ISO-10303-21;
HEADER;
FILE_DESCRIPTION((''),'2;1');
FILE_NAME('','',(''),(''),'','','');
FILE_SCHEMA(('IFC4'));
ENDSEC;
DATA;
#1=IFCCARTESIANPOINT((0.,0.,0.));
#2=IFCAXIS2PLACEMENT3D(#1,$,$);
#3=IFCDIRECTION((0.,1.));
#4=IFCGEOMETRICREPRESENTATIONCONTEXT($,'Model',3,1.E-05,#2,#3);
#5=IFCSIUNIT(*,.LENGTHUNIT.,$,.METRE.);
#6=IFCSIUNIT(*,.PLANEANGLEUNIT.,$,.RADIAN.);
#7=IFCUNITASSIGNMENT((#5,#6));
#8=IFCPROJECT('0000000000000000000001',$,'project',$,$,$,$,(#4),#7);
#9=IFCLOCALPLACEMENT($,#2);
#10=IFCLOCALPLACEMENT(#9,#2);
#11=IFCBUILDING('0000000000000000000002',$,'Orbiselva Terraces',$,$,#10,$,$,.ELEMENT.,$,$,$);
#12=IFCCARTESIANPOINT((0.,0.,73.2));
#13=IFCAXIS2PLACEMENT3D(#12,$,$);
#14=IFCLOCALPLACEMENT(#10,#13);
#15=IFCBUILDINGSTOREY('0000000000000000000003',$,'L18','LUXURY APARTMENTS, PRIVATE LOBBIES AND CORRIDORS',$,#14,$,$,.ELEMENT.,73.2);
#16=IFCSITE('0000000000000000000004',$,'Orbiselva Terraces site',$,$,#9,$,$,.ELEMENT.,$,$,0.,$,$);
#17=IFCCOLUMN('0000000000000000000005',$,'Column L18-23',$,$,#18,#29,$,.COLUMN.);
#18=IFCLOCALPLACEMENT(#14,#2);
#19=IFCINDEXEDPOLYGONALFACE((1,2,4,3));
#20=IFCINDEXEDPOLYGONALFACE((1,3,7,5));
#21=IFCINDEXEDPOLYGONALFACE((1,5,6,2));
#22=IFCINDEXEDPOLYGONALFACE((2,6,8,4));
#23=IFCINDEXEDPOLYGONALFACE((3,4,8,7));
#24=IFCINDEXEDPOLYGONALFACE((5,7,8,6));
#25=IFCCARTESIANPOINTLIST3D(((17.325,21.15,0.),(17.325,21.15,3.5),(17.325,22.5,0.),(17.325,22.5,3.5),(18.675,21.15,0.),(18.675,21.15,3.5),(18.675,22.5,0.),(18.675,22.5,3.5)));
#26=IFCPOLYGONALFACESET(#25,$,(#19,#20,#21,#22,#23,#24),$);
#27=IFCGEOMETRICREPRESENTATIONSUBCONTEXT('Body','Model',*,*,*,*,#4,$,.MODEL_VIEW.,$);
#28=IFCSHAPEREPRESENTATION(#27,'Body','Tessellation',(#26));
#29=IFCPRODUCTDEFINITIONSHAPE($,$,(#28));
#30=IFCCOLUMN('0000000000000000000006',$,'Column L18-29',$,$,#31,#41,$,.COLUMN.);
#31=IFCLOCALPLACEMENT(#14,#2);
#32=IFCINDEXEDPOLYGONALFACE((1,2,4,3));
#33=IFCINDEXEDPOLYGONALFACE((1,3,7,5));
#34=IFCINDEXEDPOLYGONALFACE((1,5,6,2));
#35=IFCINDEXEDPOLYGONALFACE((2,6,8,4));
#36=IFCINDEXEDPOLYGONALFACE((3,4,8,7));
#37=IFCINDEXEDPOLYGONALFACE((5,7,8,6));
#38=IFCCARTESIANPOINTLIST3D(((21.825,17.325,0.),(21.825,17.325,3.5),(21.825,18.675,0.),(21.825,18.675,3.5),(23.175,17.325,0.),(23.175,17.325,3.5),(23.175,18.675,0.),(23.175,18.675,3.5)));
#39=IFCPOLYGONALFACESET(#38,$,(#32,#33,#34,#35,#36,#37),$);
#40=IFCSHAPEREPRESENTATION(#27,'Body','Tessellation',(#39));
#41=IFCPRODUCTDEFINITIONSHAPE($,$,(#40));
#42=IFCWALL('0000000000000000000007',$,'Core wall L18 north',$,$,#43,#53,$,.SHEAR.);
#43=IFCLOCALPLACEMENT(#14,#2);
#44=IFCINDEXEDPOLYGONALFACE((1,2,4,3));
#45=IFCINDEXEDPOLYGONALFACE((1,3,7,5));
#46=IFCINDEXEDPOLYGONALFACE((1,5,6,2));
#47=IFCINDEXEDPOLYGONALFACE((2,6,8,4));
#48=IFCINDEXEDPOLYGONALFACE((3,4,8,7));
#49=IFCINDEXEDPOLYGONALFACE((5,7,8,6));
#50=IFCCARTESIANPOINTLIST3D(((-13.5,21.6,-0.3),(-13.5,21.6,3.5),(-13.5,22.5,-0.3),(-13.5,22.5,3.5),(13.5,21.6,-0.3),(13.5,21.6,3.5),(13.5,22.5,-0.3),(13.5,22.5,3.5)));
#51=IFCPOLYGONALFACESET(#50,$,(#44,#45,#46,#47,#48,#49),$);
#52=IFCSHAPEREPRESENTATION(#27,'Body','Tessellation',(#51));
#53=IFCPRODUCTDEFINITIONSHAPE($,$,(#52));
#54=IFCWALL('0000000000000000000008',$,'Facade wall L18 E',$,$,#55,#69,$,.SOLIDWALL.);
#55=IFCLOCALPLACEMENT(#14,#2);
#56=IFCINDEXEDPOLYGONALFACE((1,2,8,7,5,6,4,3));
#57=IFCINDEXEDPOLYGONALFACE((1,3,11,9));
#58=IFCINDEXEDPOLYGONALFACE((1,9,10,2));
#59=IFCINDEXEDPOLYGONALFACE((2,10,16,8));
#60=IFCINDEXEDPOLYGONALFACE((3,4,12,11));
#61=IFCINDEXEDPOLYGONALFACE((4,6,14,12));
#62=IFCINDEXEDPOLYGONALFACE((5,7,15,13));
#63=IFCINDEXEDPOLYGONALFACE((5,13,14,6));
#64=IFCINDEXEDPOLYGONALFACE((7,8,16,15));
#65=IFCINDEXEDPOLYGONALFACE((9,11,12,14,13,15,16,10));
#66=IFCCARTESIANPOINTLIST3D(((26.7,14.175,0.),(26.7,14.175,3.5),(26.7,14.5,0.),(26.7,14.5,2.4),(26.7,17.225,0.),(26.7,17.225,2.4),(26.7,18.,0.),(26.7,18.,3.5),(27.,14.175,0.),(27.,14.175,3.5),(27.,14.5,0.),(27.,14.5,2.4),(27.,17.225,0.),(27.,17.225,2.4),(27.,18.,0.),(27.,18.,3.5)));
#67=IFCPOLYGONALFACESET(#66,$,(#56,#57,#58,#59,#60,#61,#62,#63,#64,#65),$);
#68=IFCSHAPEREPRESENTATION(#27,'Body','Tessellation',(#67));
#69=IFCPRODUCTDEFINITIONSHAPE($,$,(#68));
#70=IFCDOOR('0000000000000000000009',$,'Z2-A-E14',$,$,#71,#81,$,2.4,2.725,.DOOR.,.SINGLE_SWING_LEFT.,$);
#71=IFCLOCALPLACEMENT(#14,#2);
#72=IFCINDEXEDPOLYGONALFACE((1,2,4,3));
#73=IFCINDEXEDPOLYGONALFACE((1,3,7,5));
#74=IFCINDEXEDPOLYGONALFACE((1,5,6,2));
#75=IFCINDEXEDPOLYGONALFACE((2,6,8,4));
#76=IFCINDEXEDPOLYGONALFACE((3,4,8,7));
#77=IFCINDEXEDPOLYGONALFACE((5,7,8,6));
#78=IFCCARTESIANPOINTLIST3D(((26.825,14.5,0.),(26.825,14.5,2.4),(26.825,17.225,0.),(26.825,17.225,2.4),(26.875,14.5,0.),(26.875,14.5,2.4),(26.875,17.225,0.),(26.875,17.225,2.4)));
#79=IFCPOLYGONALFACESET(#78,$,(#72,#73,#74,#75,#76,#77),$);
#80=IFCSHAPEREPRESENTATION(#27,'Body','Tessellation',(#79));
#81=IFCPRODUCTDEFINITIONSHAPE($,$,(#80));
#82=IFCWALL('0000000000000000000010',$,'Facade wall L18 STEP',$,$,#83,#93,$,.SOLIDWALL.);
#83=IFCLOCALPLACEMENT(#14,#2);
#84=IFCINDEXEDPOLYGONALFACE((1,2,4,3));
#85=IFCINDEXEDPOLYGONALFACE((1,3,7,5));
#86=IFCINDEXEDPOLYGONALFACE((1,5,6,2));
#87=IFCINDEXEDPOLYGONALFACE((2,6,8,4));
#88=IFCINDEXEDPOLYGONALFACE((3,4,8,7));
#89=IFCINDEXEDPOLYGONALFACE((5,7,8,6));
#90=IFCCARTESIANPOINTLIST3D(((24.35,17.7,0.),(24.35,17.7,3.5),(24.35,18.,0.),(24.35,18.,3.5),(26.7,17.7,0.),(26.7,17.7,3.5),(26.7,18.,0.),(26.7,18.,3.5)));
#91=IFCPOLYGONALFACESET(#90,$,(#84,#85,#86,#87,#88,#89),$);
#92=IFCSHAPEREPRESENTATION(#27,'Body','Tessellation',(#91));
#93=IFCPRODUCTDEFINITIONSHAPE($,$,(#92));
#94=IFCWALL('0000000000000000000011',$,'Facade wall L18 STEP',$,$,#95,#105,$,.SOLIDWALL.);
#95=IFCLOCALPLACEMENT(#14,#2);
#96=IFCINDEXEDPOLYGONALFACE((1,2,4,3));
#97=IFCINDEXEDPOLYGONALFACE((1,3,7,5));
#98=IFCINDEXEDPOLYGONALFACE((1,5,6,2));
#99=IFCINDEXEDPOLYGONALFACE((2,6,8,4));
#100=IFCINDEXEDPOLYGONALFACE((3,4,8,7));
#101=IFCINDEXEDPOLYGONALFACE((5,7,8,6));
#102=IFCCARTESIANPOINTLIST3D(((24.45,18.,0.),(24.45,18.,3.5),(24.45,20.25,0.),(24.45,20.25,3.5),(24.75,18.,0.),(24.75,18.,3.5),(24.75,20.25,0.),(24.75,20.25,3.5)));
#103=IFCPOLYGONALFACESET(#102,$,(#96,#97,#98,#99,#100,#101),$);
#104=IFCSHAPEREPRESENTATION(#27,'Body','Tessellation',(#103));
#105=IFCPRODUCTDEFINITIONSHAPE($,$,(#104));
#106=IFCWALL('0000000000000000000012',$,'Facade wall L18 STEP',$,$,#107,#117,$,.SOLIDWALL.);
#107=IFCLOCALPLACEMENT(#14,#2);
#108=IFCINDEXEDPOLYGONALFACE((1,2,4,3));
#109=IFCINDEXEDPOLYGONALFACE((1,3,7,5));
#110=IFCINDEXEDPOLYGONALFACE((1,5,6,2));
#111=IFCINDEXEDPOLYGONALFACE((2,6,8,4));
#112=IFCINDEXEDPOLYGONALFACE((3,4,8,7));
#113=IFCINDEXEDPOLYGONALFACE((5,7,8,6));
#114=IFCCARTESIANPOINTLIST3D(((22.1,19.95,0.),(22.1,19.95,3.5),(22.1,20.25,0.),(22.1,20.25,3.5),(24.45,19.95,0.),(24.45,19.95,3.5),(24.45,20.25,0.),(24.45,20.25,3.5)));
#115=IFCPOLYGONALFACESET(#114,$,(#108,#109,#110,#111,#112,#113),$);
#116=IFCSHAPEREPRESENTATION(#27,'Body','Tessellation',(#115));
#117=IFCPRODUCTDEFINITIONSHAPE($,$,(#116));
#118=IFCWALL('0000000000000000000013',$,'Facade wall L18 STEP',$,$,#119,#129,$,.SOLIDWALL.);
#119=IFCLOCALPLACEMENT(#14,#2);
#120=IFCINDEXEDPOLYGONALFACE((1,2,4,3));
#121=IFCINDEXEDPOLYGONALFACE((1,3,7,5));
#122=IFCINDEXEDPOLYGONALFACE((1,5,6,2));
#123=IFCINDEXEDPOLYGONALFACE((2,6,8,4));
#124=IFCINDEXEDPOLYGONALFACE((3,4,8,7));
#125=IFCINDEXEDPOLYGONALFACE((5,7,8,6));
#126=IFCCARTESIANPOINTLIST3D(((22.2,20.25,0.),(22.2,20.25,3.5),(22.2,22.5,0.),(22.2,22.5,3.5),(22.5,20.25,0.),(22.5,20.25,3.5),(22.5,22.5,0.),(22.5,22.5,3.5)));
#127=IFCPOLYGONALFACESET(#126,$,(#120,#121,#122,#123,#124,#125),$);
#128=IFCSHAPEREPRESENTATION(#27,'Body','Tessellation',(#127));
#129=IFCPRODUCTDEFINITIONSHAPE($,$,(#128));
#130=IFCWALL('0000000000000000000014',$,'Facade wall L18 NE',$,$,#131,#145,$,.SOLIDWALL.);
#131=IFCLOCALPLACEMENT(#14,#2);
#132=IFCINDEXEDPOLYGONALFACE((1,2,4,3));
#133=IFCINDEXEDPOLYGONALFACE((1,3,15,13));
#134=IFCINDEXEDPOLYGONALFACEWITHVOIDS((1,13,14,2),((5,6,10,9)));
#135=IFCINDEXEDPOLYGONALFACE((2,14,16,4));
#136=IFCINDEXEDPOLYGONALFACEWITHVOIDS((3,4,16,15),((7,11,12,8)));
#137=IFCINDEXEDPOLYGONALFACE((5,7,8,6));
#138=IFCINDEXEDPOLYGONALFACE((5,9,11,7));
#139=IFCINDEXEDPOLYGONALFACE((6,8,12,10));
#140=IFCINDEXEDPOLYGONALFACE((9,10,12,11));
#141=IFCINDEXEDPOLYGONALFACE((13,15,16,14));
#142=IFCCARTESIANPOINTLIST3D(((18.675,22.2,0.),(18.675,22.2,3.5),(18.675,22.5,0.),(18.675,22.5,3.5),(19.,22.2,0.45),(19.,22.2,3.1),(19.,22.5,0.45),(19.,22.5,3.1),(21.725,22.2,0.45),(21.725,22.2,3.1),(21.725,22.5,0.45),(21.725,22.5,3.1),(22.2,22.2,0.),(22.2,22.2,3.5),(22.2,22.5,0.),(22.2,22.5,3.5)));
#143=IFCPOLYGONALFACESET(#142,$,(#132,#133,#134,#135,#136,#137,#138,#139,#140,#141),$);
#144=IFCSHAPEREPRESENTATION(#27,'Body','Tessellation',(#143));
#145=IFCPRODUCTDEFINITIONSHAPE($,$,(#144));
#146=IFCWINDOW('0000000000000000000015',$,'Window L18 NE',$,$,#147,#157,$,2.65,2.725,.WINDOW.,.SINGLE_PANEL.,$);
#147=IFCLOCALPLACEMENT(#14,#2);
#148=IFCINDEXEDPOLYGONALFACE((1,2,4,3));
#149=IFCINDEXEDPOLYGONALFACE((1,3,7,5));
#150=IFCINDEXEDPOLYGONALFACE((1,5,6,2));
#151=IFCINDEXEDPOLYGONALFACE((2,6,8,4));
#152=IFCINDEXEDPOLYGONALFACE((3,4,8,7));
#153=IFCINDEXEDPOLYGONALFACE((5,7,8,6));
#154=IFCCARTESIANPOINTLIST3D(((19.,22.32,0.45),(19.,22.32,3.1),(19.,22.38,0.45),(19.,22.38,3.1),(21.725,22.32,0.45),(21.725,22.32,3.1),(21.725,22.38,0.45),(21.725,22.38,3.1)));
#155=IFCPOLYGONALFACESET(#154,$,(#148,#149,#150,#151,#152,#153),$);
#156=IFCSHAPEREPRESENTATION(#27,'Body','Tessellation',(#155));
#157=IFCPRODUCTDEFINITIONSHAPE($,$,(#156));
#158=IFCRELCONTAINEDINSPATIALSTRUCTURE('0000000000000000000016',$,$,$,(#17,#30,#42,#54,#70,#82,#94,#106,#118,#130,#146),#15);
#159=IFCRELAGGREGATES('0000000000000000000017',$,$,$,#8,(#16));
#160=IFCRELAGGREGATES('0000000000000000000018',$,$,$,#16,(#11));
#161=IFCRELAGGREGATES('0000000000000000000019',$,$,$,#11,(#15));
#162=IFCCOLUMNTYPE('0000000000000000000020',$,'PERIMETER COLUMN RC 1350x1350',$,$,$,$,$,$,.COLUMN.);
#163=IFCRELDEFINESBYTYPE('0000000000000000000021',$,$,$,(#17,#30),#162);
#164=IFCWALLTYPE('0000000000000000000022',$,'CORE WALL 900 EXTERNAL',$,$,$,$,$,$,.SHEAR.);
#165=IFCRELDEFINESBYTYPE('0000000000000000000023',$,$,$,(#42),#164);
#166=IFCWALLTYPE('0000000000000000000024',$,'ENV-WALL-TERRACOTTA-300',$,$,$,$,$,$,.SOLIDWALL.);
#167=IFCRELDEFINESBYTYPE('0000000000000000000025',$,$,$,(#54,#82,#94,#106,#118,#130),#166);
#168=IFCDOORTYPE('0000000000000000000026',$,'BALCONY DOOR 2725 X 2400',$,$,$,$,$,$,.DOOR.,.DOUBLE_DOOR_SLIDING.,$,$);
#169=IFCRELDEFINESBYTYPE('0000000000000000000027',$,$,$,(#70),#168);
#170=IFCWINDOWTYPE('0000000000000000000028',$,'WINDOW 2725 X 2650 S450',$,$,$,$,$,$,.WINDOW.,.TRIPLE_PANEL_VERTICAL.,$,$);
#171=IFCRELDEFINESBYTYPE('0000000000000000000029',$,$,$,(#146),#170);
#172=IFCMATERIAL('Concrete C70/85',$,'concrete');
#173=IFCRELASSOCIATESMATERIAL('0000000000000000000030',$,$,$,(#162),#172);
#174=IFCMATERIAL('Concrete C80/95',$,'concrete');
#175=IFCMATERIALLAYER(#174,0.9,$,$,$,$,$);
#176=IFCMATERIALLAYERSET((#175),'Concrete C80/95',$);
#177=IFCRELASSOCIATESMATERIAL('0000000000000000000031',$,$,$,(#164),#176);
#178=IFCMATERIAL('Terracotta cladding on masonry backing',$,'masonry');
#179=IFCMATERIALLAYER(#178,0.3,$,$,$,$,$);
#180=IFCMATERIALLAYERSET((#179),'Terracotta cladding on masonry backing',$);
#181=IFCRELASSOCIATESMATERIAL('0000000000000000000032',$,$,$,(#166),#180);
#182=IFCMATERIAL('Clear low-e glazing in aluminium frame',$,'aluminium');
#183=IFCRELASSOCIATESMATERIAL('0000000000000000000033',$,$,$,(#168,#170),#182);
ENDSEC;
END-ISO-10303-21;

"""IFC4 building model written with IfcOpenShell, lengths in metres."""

from ifc_helpers import new_model, si_unit, direction, frame, frame_2d, origin, origin_2d, place, context, subcontext, project, spatial, rectangle, extrude, material, layer, layer_set, material_profile, profile_set, type_object, element, fill, save


model = new_model("IFC4")

# Units and contexts
model_context = context("Model", 3, precision=1e-05, world=origin(), true_north=direction((0.0, 1.0)))
body_context = subcontext(model_context, "Body", "Model", "MODEL_VIEW")
ifc_project = project(units=[si_unit("LENGTHUNIT", "METRE"), si_unit("PLANEANGLEUNIT", "RADIAN")], contexts=[model_context])

# Site, building, storey
site_placement = place(None, origin())
site = spatial("IfcSite", under=ifc_project, at=site_placement, Name="Orbiselva Terraces site", CompositionType="ELEMENT", RefElevation=0.0)
building_placement = place(site_placement, origin())
building = spatial("IfcBuilding", under=site, at=building_placement, Name="Orbiselva Terraces", CompositionType="ELEMENT")
storey_placement = place(building_placement, frame((0.0, 0.0, 73.2)))
storey = spatial("IfcBuildingStorey", under=building, at=storey_placement, Name="L18", Description="LUXURY APARTMENTS, PRIVATE LOBBIES AND CORRIDORS", CompositionType="ELEMENT", Elevation=73.2)

# Columns
ifc_material_1 = material(Name="Concrete C70/85", Category="concrete")
ifc_material_profile = material_profile(ifc_material_1, rectangle(XDim=1.35, YDim=1.35, at=origin_2d()), Name="RC 1350x1350")
ifc_profile_set = profile_set([ifc_material_profile], Name="Concrete C70/85")
column_type = type_object("IfcColumnType", Name="PERIMETER COLUMN RC 1350x1350", PredefinedType="COLUMN", material=ifc_profile_set)
for number, where, z_axis, x_axis, name in (
    (1, (18.0, 21.825, 0.0), (0.0, 0.0, 1.0), (1.0, 0.0, 0.0), "Column L18-23"),
    (2, (22.5, 18.0, 0.0), (0.0, 0.0, 1.0), (1.0, 0.0, 0.0), "Column L18-29"),
):
    element("IfcColumn", number, at=place(storey_placement, frame(where, z_axis=z_axis, x_axis=x_axis)), inside=storey, type_object=column_type, Name=name, PredefinedType="COLUMN", context=body_context, shape_type="SweptSolid", body=[
        extrude(rectangle(XDim=1.35, YDim=1.35, at=origin_2d()), origin(), (0.0, 0.0, 1.0), 3.5),
    ])

# Wall
ifc_material_2 = material(Name="Concrete C80/95", Category="concrete")
ifc_layer_1 = layer(ifc_material_2, 0.9)
ifc_layer_set_1 = layer_set([ifc_layer_1], Name="Concrete C80/95")
wall_type_1 = type_object("IfcWallType", Name="CORE WALL 900 EXTERNAL", PredefinedType="SHEAR", material=ifc_layer_set_1)
wall_1_placement = place(storey_placement, frame((13.5, 22.05, -0.3), z_axis=(0.0, 0.0, 1.0), x_axis=(-1.0, 0.0, 0.0)))
element("IfcWall", 3, at=wall_1_placement, inside=storey, type_object=wall_type_1, Name="Core wall L18 north", PredefinedType="SHEAR", context=body_context, shape_type="SweptSolid", body=[
    extrude(rectangle(XDim=27.0, YDim=0.9, at=frame_2d((13.5, 0.0))), origin(), (0.0, 0.0, 1.0), 3.8),
])

# Wall, opening, door
ifc_material_3 = material(Name="Terracotta cladding on masonry backing", Category="masonry")
ifc_layer_2 = layer(ifc_material_3, 0.3)
ifc_layer_set_2 = layer_set([ifc_layer_2], Name="Terracotta cladding on masonry backing")
wall_type_2 = type_object("IfcWallType", Name="ENV-WALL-TERRACOTTA-300", PredefinedType="SOLIDWALL", material=ifc_layer_set_2)
wall_2_placement = place(storey_placement, frame((26.85, 18.0, 0.0), z_axis=(0.0, 0.0, 1.0), x_axis=(0.0, -1.0, 0.0)))
wall_2 = element("IfcWall", 4, at=wall_2_placement, inside=storey, type_object=wall_type_2, Name="Facade wall L18 E", PredefinedType="SOLIDWALL", context=body_context, shape_type="SweptSolid", body=[
    extrude(rectangle(XDim=3.825, YDim=0.3, at=frame_2d((1.9125, 0.0))), origin(), (0.0, 0.0, 1.0), 3.5),
])
opening_1_placement = place(wall_2_placement, frame((0.775, 0.0, 0.0)))
opening_1 = element("IfcOpeningElement", 5, at=opening_1_placement, cuts=wall_2, PredefinedType="OPENING", context=body_context, shape_type="SweptSolid", body=[
    extrude(rectangle(XDim=2.725, YDim=2.4, at=frame_2d((1.3625, 1.2))), frame((0.0, 0.16, 0.0), z_axis=(0.0, -1.0, 0.0), x_axis=(1.0, 0.0, 0.0)), (0.0, 0.0, 1.0), 0.32),
])
ifc_material_4 = material(Name="Clear low-e glazing in aluminium frame", Category="aluminium")
door_type_1 = type_object("IfcDoorType", Name="BALCONY DOOR 2725 X 2400", OperationType="DOUBLE_DOOR_SLIDING", PredefinedType="DOOR", material=ifc_material_4)
door_1_placement = place(opening_1_placement, origin())
door_1 = element("IfcDoor", 6, at=door_1_placement, inside=storey, type_object=door_type_1, Name="Z2-A-E14", OperationType="SINGLE_SWING_LEFT", OverallHeight=2.4, OverallWidth=2.725, PredefinedType="DOOR", context=body_context, shape_type="SweptSolid", body=[
    extrude(rectangle(XDim=2.725, YDim=2.4, at=frame_2d((1.3625, 1.2))), frame((0.0, 0.025, 0.0), z_axis=(0.0, -1.0, 0.0), x_axis=(1.0, 0.0, 0.0)), (0.0, 0.0, 1.0), 0.05),
])
fill(opening_1, door_1)

# Walls
wall_3_placement = place(storey_placement, frame((24.35, 17.85, 0.0), z_axis=(0.0, 0.0, 1.0), x_axis=(1.0, 0.0, 0.0)))
element("IfcWall", 7, at=wall_3_placement, inside=storey, type_object=wall_type_2, Name="Facade wall L18 STEP", PredefinedType="SOLIDWALL", context=body_context, shape_type="SweptSolid", body=[
    extrude(rectangle(XDim=2.35, YDim=0.3, at=frame_2d((1.175, 0.0))), origin(), (0.0, 0.0, 1.0), 3.5),
])
wall_4_placement = place(storey_placement, frame((24.6, 20.25, 0.0), z_axis=(0.0, 0.0, 1.0), x_axis=(0.0, -1.0, 0.0)))
element("IfcWall", 8, at=wall_4_placement, inside=storey, type_object=wall_type_2, Name="Facade wall L18 STEP", PredefinedType="SOLIDWALL", context=body_context, shape_type="SweptSolid", body=[
    extrude(rectangle(XDim=2.25, YDim=0.3, at=frame_2d((1.125, 0.0))), origin(), (0.0, 0.0, 1.0), 3.5),
])
wall_5_placement = place(storey_placement, frame((22.1, 20.1, 0.0), z_axis=(0.0, 0.0, 1.0), x_axis=(1.0, 0.0, 0.0)))
element("IfcWall", 9, at=wall_5_placement, inside=storey, type_object=wall_type_2, Name="Facade wall L18 STEP", PredefinedType="SOLIDWALL", context=body_context, shape_type="SweptSolid", body=[
    extrude(rectangle(XDim=2.35, YDim=0.3, at=frame_2d((1.175, 0.0))), origin(), (0.0, 0.0, 1.0), 3.5),
])
wall_6_placement = place(storey_placement, frame((22.35, 22.5, 0.0), z_axis=(0.0, 0.0, 1.0), x_axis=(0.0, -1.0, 0.0)))
element("IfcWall", 10, at=wall_6_placement, inside=storey, type_object=wall_type_2, Name="Facade wall L18 STEP", PredefinedType="SOLIDWALL", context=body_context, shape_type="SweptSolid", body=[
    extrude(rectangle(XDim=2.25, YDim=0.3, at=frame_2d((1.125, 0.0))), origin(), (0.0, 0.0, 1.0), 3.5),
])

# Wall, opening, window
wall_7_placement = place(storey_placement, frame((18.675, 22.35, 0.0), z_axis=(0.0, 0.0, 1.0), x_axis=(1.0, 0.0, 0.0)))
wall_7 = element("IfcWall", 11, at=wall_7_placement, inside=storey, type_object=wall_type_2, Name="Facade wall L18 NE", PredefinedType="SOLIDWALL", context=body_context, shape_type="SweptSolid", body=[
    extrude(rectangle(XDim=3.525, YDim=0.3, at=frame_2d((1.7625, 0.0))), origin(), (0.0, 0.0, 1.0), 3.5),
])
opening_2_placement = place(wall_7_placement, frame((0.325, 0.0, 0.45)))
opening_2 = element("IfcOpeningElement", 12, at=opening_2_placement, cuts=wall_7, PredefinedType="OPENING", context=body_context, shape_type="SweptSolid", body=[
    extrude(rectangle(XDim=2.725, YDim=2.65, at=frame_2d((1.3625, 1.325))), frame((0.0, 0.16, 0.0), z_axis=(0.0, -1.0, 0.0), x_axis=(1.0, 0.0, 0.0)), (0.0, 0.0, 1.0), 0.32),
])
window_type = type_object("IfcWindowType", Name="WINDOW 2725 X 2650 S450", PartitioningType="TRIPLE_PANEL_VERTICAL", PredefinedType="WINDOW", material=ifc_material_4)
window_placement = place(opening_2_placement, origin())
window = element("IfcWindow", 13, at=window_placement, inside=storey, type_object=window_type, Name="Window L18 NE", OverallHeight=2.65, OverallWidth=2.725, PartitioningType="SINGLE_PANEL", PredefinedType="WINDOW", context=body_context, shape_type="SweptSolid", body=[
    extrude(rectangle(XDim=2.725, YDim=2.65, at=frame_2d((1.3625, 1.325))), frame((0.0, 0.03, 0.0), z_axis=(0.0, -1.0, 0.0), x_axis=(1.0, 0.0, 0.0)), (0.0, 0.0, 1.0), 0.06),
])
fill(opening_2, window)

save(model, "model.ifc")
